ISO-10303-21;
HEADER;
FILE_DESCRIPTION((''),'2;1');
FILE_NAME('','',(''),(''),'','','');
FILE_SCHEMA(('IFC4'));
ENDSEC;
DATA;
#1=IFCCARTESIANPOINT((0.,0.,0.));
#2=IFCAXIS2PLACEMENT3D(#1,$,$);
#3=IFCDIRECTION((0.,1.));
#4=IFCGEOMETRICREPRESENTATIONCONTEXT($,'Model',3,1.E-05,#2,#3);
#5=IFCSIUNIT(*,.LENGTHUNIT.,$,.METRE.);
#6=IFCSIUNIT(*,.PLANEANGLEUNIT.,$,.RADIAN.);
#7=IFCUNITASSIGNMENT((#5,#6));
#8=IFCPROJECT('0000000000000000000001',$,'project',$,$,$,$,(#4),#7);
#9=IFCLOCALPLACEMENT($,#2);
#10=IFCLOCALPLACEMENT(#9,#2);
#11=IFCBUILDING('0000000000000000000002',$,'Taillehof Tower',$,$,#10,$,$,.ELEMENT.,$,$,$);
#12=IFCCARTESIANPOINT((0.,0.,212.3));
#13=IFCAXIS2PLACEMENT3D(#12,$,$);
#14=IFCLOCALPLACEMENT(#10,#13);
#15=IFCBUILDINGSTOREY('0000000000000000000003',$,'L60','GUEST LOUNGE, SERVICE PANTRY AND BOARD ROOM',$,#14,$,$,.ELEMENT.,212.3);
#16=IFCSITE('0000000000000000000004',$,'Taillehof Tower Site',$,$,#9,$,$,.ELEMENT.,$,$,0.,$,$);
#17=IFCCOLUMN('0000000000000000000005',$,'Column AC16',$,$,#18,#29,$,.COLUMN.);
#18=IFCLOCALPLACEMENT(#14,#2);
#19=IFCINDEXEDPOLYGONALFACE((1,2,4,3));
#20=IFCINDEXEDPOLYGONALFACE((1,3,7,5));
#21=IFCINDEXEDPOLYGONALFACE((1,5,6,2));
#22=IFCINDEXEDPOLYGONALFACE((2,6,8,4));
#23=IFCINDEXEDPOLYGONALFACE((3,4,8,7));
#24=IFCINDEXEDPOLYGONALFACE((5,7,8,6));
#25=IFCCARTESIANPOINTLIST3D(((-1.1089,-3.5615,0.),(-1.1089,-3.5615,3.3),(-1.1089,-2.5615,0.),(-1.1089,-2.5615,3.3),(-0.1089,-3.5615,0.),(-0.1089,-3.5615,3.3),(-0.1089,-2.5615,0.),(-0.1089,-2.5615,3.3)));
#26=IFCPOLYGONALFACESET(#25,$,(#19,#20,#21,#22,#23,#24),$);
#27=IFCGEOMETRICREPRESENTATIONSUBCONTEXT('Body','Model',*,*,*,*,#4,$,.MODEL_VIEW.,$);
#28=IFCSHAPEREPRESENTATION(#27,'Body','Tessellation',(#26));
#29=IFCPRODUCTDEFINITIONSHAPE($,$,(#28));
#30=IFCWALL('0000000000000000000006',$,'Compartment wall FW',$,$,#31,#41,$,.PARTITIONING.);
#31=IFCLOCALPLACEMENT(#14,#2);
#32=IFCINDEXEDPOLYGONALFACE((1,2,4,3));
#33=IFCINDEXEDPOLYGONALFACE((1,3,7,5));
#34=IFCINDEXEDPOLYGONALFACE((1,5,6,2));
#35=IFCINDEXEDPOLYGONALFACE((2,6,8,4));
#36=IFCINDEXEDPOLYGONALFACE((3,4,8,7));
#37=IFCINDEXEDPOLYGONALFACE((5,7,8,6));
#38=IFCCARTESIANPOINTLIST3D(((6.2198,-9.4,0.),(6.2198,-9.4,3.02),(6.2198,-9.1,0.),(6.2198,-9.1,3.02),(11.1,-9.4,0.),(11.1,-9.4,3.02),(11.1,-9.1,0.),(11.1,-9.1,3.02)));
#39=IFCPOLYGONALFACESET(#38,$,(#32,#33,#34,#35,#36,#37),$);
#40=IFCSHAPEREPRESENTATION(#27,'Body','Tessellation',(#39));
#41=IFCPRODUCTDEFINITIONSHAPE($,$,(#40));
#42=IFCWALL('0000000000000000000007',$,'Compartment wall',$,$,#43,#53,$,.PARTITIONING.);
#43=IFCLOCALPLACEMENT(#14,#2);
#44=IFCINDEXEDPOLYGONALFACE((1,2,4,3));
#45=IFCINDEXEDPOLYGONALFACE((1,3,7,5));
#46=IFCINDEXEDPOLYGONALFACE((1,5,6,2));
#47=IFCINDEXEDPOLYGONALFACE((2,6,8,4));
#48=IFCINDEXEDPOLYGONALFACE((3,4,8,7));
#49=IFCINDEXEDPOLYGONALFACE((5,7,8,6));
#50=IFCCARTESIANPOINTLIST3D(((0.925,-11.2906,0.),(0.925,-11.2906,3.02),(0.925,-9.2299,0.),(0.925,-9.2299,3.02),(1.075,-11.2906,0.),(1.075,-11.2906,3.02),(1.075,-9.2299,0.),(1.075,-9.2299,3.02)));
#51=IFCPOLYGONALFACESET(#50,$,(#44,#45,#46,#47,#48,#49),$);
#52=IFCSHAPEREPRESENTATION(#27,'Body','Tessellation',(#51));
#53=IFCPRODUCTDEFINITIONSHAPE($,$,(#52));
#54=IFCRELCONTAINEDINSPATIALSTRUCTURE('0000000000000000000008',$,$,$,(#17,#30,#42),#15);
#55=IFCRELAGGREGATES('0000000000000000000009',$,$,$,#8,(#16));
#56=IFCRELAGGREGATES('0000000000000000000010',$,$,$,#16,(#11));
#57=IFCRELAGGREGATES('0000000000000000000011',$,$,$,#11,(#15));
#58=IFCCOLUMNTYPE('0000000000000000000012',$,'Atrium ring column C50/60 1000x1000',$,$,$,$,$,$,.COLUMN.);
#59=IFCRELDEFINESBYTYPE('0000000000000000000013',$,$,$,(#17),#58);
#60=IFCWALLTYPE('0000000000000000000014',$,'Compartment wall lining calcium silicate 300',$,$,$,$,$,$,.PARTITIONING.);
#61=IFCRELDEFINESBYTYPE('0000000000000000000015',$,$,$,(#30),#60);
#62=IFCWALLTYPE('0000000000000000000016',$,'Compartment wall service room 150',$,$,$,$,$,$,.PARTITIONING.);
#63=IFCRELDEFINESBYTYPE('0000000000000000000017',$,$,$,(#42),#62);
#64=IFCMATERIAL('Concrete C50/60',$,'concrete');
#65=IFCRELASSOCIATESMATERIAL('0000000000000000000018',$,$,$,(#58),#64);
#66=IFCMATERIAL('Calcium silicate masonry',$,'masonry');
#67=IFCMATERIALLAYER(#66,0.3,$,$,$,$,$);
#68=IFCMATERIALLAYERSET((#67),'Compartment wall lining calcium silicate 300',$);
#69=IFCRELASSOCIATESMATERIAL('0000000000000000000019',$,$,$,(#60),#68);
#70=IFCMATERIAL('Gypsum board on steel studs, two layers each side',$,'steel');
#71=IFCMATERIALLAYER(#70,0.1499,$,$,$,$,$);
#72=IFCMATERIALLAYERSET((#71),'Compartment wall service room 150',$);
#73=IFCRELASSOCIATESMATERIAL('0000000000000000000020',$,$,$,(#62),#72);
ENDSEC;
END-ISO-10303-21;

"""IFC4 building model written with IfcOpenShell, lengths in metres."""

from ifc_helpers import new_model, si_unit, direction, frame, frame_2d, origin, origin_2d, place, context, subcontext, project, spatial, rectangle, extrude, material, layer, layer_set, material_profile, profile_set, type_object, element, save


model = new_model("IFC4")

# Units and contexts
model_context = context("Model", 3, precision=1e-05, world=origin(), true_north=direction((0.0, 1.0)))
body_context = subcontext(model_context, "Body", "Model", "MODEL_VIEW")
ifc_project = project(units=[si_unit("LENGTHUNIT", "METRE"), si_unit("PLANEANGLEUNIT", "RADIAN")], contexts=[model_context])

# Site, building, storey
site_placement = place(None, origin())
site = spatial("IfcSite", under=ifc_project, at=site_placement, Name="Taillehof Tower Site", CompositionType="ELEMENT", RefElevation=0.0)
building_placement = place(site_placement, origin())
building = spatial("IfcBuilding", under=site, at=building_placement, Name="Taillehof Tower", CompositionType="ELEMENT")
storey_placement = place(building_placement, frame((0.0, 0.0, 212.3)))
storey = spatial("IfcBuildingStorey", under=building, at=storey_placement, Name="L60", Description="GUEST LOUNGE, SERVICE PANTRY AND BOARD ROOM", CompositionType="ELEMENT", Elevation=212.3)

# Column
ifc_material_1 = material(Name="Concrete C50/60", Category="concrete")
ifc_material_profile = material_profile(ifc_material_1, rectangle(XDim=1.0, YDim=1.0, at=origin_2d()), Name="RC 1000x1000")
ifc_profile_set = profile_set([ifc_material_profile], Name="Concrete C50/60")
column_type = type_object("IfcColumnType", Name="Atrium ring column C50/60 1000x1000", PredefinedType="COLUMN", material=ifc_profile_set)
column_placement = place(storey_placement, frame((-0.6089, -3.0615, 0.0), z_axis=(0.0, 0.0, 1.0), x_axis=(1.0, 0.0, 0.0)))
element("IfcColumn", 1, at=column_placement, inside=storey, type_object=column_type, Name="Column AC16", PredefinedType="COLUMN", context=body_context, shape_type="SweptSolid", body=[
    extrude(rectangle(XDim=1.0, YDim=1.0, at=origin_2d()), origin(), (0.0, 0.0, 1.0), 3.3),
])

# Walls
ifc_material_2 = material(Name="Calcium silicate masonry", Category="masonry")
ifc_layer_1 = layer(ifc_material_2, 0.3)
ifc_layer_set_1 = layer_set([ifc_layer_1], Name="Compartment wall lining calcium silicate 300")
wall_type_1 = type_object("IfcWallType", Name="Compartment wall lining calcium silicate 300", PredefinedType="PARTITIONING", material=ifc_layer_set_1)
wall_1_placement = place(storey_placement, frame((6.22, -9.25, 0.0), z_axis=(0.0, 0.0, 1.0), x_axis=(1.0, 0.0, 0.0)))
element("IfcWall", 2, at=wall_1_placement, inside=storey, type_object=wall_type_1, Name="Compartment wall FW", PredefinedType="PARTITIONING", context=body_context, shape_type="SweptSolid", body=[
    extrude(rectangle(XDim=4.8801, YDim=0.3, at=frame_2d((2.4399, 0.0))), origin(), (0.0, 0.0, 1.0), 3.02),
])
ifc_material_3 = material(Name="Gypsum board on steel studs, two layers each side", Category="steel")
ifc_layer_2 = layer(ifc_material_3, 0.1499)
ifc_layer_set_2 = layer_set([ifc_layer_2], Name="Compartment wall service room 150")
wall_type_2 = type_object("IfcWallType", Name="Compartment wall service room 150", PredefinedType="PARTITIONING", material=ifc_layer_set_2)
wall_2_placement = place(storey_placement, frame((1.0, -9.23, 0.0), z_axis=(0.0, 0.0, 1.0), x_axis=(0.0, -1.0, 0.0)))
element("IfcWall", 3, at=wall_2_placement, inside=storey, type_object=wall_type_2, Name="Compartment wall", PredefinedType="PARTITIONING", context=body_context, shape_type="SweptSolid", body=[
    extrude(rectangle(XDim=2.0608, YDim=0.1499, at=frame_2d((1.0303, 0.0))), origin(), (0.0, 0.0, 1.0), 3.02),
])

save(model, "model.ifc")
